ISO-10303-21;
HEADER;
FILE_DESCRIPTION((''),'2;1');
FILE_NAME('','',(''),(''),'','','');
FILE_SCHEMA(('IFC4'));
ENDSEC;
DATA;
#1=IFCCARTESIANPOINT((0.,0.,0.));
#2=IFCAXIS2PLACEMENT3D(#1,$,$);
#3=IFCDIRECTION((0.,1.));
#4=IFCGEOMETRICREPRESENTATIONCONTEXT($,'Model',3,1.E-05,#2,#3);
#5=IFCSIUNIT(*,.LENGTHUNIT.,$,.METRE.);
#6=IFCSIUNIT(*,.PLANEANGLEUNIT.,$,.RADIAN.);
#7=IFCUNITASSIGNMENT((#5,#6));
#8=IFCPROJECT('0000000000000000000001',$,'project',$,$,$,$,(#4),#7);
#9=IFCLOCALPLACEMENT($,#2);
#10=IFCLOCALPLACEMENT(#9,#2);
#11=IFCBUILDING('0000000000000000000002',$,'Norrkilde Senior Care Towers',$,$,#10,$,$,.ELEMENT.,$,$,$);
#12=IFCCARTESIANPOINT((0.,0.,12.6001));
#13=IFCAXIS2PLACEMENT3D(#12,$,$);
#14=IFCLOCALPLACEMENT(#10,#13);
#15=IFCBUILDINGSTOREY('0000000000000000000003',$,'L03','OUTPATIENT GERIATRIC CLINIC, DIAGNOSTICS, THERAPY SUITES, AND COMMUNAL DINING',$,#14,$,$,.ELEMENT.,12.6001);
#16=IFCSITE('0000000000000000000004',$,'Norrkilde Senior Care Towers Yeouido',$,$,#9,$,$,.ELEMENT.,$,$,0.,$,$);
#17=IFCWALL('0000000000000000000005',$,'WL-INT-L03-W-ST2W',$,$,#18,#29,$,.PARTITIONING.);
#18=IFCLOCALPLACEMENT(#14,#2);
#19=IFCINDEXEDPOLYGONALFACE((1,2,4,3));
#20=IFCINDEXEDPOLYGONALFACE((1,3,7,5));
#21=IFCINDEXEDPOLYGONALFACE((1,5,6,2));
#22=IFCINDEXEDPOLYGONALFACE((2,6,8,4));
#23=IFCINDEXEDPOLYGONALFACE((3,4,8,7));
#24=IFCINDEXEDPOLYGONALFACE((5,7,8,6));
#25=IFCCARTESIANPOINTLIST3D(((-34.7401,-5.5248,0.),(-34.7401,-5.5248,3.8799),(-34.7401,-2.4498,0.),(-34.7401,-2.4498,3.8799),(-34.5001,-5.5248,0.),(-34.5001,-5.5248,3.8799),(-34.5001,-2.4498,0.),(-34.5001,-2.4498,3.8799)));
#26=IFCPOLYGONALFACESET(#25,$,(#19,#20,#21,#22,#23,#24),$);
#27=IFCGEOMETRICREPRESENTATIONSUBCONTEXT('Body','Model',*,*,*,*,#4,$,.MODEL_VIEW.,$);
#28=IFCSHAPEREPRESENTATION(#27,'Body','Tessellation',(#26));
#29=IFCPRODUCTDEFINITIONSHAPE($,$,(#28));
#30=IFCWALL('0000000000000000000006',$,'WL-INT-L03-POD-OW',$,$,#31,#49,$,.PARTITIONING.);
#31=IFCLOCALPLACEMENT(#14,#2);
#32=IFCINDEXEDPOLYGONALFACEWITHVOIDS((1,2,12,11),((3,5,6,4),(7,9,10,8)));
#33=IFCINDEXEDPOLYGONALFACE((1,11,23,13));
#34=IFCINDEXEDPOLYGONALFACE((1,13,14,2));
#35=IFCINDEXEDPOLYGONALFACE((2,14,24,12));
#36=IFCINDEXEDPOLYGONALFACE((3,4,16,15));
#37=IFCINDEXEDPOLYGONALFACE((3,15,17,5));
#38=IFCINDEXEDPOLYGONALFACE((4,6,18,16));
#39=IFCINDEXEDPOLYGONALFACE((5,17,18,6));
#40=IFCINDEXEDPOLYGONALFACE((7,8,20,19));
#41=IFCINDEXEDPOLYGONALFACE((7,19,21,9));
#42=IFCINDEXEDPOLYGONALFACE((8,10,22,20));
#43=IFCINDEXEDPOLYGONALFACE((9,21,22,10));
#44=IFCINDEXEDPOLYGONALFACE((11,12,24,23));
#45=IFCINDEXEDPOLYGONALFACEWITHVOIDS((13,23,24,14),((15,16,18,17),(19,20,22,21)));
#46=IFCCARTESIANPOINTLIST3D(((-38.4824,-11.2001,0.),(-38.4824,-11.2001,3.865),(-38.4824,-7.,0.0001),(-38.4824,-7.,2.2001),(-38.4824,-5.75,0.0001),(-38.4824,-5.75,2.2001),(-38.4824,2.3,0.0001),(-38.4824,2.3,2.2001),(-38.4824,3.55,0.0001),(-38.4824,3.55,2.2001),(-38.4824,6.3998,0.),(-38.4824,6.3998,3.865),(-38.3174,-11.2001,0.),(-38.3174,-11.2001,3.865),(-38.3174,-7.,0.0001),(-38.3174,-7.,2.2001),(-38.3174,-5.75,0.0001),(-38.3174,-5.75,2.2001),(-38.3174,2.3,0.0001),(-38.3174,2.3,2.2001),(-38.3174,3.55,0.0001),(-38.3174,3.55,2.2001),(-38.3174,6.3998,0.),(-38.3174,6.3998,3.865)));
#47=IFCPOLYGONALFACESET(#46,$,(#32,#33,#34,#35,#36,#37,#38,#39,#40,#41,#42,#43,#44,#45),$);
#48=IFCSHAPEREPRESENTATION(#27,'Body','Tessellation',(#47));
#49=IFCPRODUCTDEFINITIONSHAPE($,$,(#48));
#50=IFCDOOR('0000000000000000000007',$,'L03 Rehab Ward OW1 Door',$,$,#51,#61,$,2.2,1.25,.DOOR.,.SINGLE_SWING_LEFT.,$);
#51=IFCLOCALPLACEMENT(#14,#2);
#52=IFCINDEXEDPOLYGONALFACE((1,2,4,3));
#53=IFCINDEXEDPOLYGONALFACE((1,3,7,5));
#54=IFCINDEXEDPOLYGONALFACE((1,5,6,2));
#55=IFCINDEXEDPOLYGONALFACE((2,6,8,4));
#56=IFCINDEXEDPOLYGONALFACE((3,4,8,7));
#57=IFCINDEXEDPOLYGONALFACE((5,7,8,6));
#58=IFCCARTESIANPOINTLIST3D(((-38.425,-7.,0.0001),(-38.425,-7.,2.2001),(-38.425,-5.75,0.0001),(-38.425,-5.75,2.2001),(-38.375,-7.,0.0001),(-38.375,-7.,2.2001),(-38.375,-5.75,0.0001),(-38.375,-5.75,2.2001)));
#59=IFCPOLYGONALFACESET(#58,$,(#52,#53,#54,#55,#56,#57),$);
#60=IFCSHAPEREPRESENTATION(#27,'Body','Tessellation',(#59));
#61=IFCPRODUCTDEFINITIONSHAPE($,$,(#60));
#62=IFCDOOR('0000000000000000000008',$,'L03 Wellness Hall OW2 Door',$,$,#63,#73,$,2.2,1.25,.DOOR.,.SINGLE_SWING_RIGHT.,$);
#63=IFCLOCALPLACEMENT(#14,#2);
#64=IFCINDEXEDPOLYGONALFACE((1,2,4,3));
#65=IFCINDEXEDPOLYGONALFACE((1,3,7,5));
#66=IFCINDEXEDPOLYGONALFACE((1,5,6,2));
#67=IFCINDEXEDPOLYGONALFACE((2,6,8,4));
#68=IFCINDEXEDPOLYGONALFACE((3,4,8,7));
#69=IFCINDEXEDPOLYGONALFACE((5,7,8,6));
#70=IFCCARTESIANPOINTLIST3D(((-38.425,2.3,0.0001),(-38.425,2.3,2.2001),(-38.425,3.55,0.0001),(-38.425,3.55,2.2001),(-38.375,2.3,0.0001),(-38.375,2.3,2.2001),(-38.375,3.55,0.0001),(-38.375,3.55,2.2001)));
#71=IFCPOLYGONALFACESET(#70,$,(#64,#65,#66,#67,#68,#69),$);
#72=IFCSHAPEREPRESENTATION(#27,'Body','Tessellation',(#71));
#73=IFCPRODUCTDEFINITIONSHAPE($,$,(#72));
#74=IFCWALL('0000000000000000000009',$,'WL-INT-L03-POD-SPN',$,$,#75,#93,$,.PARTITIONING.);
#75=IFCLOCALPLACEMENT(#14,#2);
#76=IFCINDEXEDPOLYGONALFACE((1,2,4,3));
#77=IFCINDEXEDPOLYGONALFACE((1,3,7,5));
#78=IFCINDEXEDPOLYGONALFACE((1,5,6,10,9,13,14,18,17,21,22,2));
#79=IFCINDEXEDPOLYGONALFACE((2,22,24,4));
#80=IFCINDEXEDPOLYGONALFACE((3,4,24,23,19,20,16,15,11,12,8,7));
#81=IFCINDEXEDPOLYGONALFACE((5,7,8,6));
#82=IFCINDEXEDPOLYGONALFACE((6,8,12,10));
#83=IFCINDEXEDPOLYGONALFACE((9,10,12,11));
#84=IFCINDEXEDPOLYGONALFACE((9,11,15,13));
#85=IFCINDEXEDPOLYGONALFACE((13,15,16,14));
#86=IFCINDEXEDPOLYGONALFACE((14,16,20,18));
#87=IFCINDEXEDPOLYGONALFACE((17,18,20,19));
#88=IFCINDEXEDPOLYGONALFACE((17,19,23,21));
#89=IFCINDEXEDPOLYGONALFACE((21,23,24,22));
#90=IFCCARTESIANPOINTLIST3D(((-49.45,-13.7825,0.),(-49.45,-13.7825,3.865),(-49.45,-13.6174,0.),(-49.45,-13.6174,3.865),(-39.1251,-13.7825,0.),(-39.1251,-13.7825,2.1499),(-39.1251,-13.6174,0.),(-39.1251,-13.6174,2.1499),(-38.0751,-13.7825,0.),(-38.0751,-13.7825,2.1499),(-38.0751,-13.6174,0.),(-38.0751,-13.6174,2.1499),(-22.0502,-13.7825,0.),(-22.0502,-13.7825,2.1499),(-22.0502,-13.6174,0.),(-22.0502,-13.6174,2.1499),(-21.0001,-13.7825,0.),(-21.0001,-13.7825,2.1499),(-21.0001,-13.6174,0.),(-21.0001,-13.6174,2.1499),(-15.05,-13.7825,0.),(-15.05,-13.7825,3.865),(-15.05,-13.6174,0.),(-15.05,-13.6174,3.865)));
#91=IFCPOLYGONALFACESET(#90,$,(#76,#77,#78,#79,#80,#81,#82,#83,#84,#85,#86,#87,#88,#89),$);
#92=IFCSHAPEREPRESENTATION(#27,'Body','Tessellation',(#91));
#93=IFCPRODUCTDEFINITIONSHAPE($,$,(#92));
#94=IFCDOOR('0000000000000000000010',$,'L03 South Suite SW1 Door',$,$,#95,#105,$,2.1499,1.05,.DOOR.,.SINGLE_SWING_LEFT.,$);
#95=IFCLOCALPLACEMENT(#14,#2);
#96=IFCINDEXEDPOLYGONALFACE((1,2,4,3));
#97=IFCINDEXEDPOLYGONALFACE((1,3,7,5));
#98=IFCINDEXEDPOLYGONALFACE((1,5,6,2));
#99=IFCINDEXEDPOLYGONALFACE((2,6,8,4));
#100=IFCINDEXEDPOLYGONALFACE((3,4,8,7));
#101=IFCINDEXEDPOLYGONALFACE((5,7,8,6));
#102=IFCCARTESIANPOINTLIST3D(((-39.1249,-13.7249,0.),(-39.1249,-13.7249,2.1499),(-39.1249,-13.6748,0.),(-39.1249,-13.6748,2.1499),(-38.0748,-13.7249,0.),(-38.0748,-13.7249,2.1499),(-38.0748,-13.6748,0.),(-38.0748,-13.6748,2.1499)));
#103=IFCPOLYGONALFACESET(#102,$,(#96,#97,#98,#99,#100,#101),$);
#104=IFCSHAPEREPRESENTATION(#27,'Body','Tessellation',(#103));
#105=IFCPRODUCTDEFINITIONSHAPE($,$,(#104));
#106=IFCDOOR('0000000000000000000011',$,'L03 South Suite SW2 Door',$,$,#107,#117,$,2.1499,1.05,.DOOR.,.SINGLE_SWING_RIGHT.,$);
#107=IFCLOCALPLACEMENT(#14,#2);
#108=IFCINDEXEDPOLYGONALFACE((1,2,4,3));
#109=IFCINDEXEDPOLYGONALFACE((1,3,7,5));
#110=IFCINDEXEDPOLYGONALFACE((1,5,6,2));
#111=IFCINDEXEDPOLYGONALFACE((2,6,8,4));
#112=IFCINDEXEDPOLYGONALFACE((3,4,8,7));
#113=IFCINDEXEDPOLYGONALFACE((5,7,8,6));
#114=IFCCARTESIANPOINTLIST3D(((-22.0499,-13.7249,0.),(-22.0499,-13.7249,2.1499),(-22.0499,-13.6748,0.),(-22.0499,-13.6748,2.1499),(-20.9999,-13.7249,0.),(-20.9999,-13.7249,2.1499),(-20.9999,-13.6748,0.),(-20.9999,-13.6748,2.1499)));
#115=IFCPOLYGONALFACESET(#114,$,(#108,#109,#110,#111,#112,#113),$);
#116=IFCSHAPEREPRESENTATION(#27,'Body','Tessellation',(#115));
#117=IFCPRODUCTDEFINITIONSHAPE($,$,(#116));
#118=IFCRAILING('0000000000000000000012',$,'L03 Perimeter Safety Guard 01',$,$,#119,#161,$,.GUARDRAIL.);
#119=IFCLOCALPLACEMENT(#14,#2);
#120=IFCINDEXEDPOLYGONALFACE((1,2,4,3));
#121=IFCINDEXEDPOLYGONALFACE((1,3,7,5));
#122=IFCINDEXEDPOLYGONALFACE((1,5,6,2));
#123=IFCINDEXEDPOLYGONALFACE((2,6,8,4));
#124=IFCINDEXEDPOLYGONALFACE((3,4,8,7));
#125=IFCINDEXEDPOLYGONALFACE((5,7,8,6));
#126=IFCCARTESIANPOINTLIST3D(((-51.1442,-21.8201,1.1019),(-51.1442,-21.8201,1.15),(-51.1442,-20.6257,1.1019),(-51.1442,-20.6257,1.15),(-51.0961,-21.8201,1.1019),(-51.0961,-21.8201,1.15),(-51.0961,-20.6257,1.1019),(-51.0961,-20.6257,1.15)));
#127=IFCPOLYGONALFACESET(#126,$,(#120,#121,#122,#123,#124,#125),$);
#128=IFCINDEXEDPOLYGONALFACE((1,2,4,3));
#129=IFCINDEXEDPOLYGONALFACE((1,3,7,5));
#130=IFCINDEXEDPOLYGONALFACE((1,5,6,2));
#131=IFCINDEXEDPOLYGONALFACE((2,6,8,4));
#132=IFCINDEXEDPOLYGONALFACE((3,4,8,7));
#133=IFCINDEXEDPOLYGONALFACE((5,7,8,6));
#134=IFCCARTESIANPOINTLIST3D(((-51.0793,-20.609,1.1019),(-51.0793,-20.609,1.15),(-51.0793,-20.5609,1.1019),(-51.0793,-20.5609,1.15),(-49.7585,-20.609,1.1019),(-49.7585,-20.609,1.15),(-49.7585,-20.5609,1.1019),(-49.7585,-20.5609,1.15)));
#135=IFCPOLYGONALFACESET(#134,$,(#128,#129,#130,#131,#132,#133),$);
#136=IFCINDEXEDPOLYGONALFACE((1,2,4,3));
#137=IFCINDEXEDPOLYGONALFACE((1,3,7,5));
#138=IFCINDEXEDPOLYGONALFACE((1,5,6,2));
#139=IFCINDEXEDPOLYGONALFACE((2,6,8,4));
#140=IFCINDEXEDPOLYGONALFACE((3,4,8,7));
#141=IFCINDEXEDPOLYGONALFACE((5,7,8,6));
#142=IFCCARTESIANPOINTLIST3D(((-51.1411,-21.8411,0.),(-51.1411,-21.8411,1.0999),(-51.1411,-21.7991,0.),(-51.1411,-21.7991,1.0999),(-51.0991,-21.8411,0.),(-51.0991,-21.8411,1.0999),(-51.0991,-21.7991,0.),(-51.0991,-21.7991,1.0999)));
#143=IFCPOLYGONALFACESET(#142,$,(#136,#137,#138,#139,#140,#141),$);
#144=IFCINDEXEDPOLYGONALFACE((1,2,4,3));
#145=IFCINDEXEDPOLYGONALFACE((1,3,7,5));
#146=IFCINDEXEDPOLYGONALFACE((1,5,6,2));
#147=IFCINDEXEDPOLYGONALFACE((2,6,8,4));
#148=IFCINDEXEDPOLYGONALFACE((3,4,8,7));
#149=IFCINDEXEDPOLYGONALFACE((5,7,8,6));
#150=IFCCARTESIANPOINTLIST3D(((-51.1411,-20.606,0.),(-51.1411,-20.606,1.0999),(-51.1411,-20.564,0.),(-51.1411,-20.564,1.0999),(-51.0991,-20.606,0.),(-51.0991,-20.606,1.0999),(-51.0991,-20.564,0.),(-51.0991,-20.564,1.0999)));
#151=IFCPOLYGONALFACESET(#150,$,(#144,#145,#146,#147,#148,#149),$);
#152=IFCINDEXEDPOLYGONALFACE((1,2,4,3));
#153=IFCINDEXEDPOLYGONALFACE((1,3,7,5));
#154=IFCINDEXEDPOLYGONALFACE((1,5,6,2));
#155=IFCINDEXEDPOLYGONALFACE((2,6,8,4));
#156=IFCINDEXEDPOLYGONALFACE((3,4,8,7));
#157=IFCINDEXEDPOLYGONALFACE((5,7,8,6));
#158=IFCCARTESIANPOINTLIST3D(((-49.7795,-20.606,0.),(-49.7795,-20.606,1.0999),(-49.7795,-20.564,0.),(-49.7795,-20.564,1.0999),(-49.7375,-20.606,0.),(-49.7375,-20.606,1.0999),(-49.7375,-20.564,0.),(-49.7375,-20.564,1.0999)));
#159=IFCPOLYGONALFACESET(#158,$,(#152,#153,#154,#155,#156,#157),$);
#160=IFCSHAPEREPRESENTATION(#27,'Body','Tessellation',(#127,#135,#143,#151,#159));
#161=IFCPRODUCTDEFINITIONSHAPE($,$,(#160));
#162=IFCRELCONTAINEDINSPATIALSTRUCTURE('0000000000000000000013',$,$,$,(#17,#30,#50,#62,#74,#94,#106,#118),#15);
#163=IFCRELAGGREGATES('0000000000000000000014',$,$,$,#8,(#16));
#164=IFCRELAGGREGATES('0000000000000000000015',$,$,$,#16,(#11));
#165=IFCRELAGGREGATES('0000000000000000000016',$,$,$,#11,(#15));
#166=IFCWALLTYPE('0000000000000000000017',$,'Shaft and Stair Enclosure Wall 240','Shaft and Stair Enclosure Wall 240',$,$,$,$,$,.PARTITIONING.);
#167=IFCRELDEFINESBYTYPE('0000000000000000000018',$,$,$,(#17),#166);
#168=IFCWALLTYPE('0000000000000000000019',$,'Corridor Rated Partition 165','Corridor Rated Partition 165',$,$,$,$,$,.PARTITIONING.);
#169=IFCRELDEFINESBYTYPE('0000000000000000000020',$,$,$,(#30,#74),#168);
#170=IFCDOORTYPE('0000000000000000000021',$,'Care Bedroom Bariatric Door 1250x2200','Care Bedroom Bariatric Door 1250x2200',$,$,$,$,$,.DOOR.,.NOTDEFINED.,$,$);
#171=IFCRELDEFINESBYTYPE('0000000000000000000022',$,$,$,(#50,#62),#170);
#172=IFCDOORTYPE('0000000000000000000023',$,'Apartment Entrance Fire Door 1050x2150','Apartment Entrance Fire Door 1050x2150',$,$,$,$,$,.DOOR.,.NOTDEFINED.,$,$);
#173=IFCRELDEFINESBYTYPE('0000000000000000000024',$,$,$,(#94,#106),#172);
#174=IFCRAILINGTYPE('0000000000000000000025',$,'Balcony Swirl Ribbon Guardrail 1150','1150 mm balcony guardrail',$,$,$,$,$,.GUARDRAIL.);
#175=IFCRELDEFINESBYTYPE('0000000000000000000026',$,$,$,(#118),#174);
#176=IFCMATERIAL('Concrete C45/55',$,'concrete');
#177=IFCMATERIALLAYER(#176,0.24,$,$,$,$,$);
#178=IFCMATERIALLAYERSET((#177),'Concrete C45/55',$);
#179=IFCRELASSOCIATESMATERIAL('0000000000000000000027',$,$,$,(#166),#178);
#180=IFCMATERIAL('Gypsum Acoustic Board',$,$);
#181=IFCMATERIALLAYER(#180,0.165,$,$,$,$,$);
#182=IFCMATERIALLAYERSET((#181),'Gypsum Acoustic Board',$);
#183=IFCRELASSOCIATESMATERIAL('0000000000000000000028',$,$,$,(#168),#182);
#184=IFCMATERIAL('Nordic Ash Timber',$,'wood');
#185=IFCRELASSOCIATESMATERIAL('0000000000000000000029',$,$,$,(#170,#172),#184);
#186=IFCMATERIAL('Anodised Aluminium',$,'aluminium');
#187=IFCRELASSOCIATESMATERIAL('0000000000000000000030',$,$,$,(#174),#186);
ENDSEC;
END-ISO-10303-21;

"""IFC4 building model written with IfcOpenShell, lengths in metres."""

from ifc_helpers import new_model, si_unit, direction, frame, frame_2d, origin, origin_2d, place, context, subcontext, project, spatial, rectangle, extrude, source, transform, mapped, material, layer, layer_set, type_object, type_shapes, element, fill, save


model = new_model("IFC4")

# Units and contexts
model_context = context("Model", 3, precision=1e-05, world=origin(), true_north=direction((0.0, 1.0)))
body_context = subcontext(model_context, "Body", "Model", "MODEL_VIEW")
ifc_project = project(units=[si_unit("LENGTHUNIT", "METRE"), si_unit("PLANEANGLEUNIT", "RADIAN")], contexts=[model_context])

# Site, building, storey
site_placement = place(None, origin())
site = spatial("IfcSite", under=ifc_project, at=site_placement, Name="Norrkilde Senior Care Towers Yeouido", CompositionType="ELEMENT", RefElevation=0.0)
building_placement = place(site_placement, origin())
building = spatial("IfcBuilding", under=site, at=building_placement, Name="Norrkilde Senior Care Towers", CompositionType="ELEMENT")
storey_placement = place(building_placement, frame((0.0, 0.0, 12.6001)))
storey = spatial("IfcBuildingStorey", under=building, at=storey_placement, Name="L03", Description="OUTPATIENT GERIATRIC CLINIC, DIAGNOSTICS, THERAPY SUITES, AND COMMUNAL DINING", CompositionType="ELEMENT", Elevation=12.6001)

# Shared definitions
ifc_material_1 = material(Name="Concrete C45/55", Category="concrete")
ifc_layer_1 = layer(ifc_material_1, 0.24)
ifc_layer_set_1 = layer_set([ifc_layer_1], Name="Concrete C45/55")
wall_type_1 = type_object("IfcWallType", Name="Shaft and Stair Enclosure Wall 240", Description="Shaft and Stair Enclosure Wall 240", PredefinedType="PARTITIONING", material=ifc_layer_set_1)

# Wall
shared_shape_1 = source(origin(), body_context, "Body", "SweptSolid", [
    extrude(rectangle(XDim=3.075, YDim=0.24, at=frame_2d((1.5376, 0.0))), origin(), (0.0, 0.0, 1.0), 3.8799),
])
wall_1_placement = place(storey_placement, frame((-34.6201, -5.5249, 0.0), z_axis=(0.0, 0.0, 1.0), x_axis=(0.0, 1.0, 0.0)))
element("IfcWall", 1, at=wall_1_placement, inside=storey, type_object=wall_type_1, Name="WL-INT-L03-W-ST2W", PredefinedType="PARTITIONING", context=body_context, shape_type="MappedRepresentation", body=[
    mapped(shared_shape_1, transform((0.0, 0.0, 0.0), x_axis=(1.0, 0.0, 0.0), y_axis=(0.0, 1.0, 0.0), z_axis=(0.0, 0.0, 1.0), scale=1.0)),
])

# Walls, openings, doors
ifc_material_2 = material(Name="Gypsum Acoustic Board")
ifc_layer_2 = layer(ifc_material_2, 0.165)
ifc_layer_set_2 = layer_set([ifc_layer_2], Name="Gypsum Acoustic Board")
wall_type_2 = type_object("IfcWallType", Name="Corridor Rated Partition 165", Description="Corridor Rated Partition 165", PredefinedType="PARTITIONING", material=ifc_layer_set_2)
shared_shape_2 = source(origin(), body_context, "Body", "SweptSolid", [
    extrude(rectangle(XDim=17.5999, YDim=0.165, at=frame_2d((8.7998, 0.0))), origin(), (0.0, 0.0, 1.0), 3.865),
])
wall_2_placement = place(storey_placement, frame((-38.3999, -11.2, 0.0), z_axis=(0.0, 0.0, 1.0), x_axis=(0.0, 1.0, 0.0)))
wall_2 = element("IfcWall", 2, at=wall_2_placement, inside=storey, type_object=wall_type_2, Name="WL-INT-L03-POD-OW", PredefinedType="PARTITIONING", context=body_context, shape_type="MappedRepresentation", body=[
    mapped(shared_shape_2, transform((0.0, 0.0, 0.0), x_axis=(1.0, 0.0, 0.0), y_axis=(0.0, 1.0, 0.0), z_axis=(0.0, 0.0, 1.0), scale=1.0)),
])
opening_1_placement = place(wall_2_placement, frame((4.2, 0.0, 0.0)))
opening_1 = element("IfcOpeningElement", 3, at=opening_1_placement, cuts=wall_2, PredefinedType="OPENING", context=body_context, shape_type="SweptSolid", body=[
    extrude(rectangle(XDim=1.25, YDim=2.2, at=frame_2d((0.625, 1.1001))), frame((0.0, 0.0925, 0.0), z_axis=(0.0, -1.0, 0.0), x_axis=(1.0, 0.0, 0.0)), (0.0, 0.0, 1.0), 0.1851),
])
opening_2_placement = place(wall_2_placement, frame((13.5, 0.0, 0.0)))
opening_2 = element("IfcOpeningElement", 4, at=opening_2_placement, cuts=wall_2, PredefinedType="OPENING", context=body_context, shape_type="SweptSolid", body=[
    extrude(rectangle(XDim=1.25, YDim=2.2, at=frame_2d((0.625, 1.1001))), frame((0.0, 0.0925, 0.0), z_axis=(0.0, -1.0, 0.0), x_axis=(1.0, 0.0, 0.0)), (0.0, 0.0, 1.0), 0.1851),
])
ifc_material_3 = material(Name="Nordic Ash Timber", Category="wood")
door_type_1 = type_object("IfcDoorType", Name="Care Bedroom Bariatric Door 1250x2200", Description="Care Bedroom Bariatric Door 1250x2200", OperationType="NOTDEFINED", PredefinedType="DOOR", material=ifc_material_3)
shared_shape_3 = source(origin(), body_context, "Body", "SweptSolid", [
    extrude(rectangle(XDim=1.25, YDim=2.2, at=frame_2d((0.625, 1.1001))), frame((0.0, 0.0249, 0.0), z_axis=(0.0, -1.0, 0.0), x_axis=(1.0, 0.0, 0.0)), (0.0, 0.0, 1.0), 0.05),
])
type_shapes(door_type_1, [shared_shape_3])
door_1_placement = place(opening_1_placement, frame((1.25, 0.0, 0.0), z_axis=(0.0, 0.0, 1.0), x_axis=(-1.0, 0.0, 0.0)))
door_1 = element("IfcDoor", 5, at=door_1_placement, inside=storey, type_object=door_type_1, Name="L03 Rehab Ward OW1 Door", OperationType="SINGLE_SWING_LEFT", OverallHeight=2.2, OverallWidth=1.25, PredefinedType="DOOR", context=body_context, shape_type="MappedRepresentation", body=[
    mapped(shared_shape_3, transform((0.0, 0.0, 0.0), x_axis=(1.0, 0.0, 0.0), y_axis=(0.0, 1.0, 0.0), z_axis=(0.0, 0.0, 1.0), scale=1.0)),
])
fill(opening_1, door_1)
door_2_placement = place(opening_2_placement, frame((1.25, 0.0, 0.0), z_axis=(0.0, 0.0, 1.0), x_axis=(-1.0, 0.0, 0.0)))
door_2 = element("IfcDoor", 6, at=door_2_placement, inside=storey, type_object=door_type_1, Name="L03 Wellness Hall OW2 Door", OperationType="SINGLE_SWING_RIGHT", OverallHeight=2.2, OverallWidth=1.25, PredefinedType="DOOR", context=body_context, shape_type="MappedRepresentation", body=[
    mapped(shared_shape_3, transform((0.0, 0.0, 0.0), x_axis=(1.0, 0.0, 0.0), y_axis=(0.0, 1.0, 0.0), z_axis=(0.0, 0.0, 1.0), scale=1.0)),
])
fill(opening_2, door_2)
shared_shape_4 = source(origin(), body_context, "Body", "SweptSolid", [
    extrude(rectangle(XDim=34.3999, YDim=0.165, at=frame_2d((17.2, 0.0))), origin(), (0.0, 0.0, 1.0), 3.865),
])
type_shapes(wall_type_2, [shared_shape_2, shared_shape_4])
wall_3_placement = place(storey_placement, frame((-49.45, -13.7, 0.0), z_axis=(0.0, 0.0, 1.0), x_axis=(1.0, 0.0, 0.0)))
wall_3 = element("IfcWall", 7, at=wall_3_placement, inside=storey, type_object=wall_type_2, Name="WL-INT-L03-POD-SPN", PredefinedType="PARTITIONING", context=body_context, shape_type="MappedRepresentation", body=[
    mapped(shared_shape_4, transform((0.0, 0.0, 0.0), x_axis=(1.0, 0.0, 0.0), y_axis=(0.0, 1.0, 0.0), z_axis=(0.0, 0.0, 1.0), scale=1.0)),
])
opening_3_placement = place(wall_3_placement, frame((10.325, 0.0, 0.0)))
opening_3 = element("IfcOpeningElement", 8, at=opening_3_placement, cuts=wall_3, PredefinedType="OPENING", context=body_context, shape_type="SweptSolid", body=[
    extrude(rectangle(XDim=1.05, YDim=2.1499, at=frame_2d((0.5249, 1.075))), frame((0.0, 0.0925, 0.0), z_axis=(0.0, -1.0, 0.0), x_axis=(1.0, 0.0, 0.0)), (0.0, 0.0, 1.0), 0.1851),
])
opening_4_placement = place(wall_3_placement, frame((27.3999, 0.0, 0.0)))
opening_4 = element("IfcOpeningElement", 9, at=opening_4_placement, cuts=wall_3, PredefinedType="OPENING", context=body_context, shape_type="SweptSolid", body=[
    extrude(rectangle(XDim=1.05, YDim=2.1499, at=frame_2d((0.5249, 1.075))), frame((0.0, 0.0925, 0.0), z_axis=(0.0, -1.0, 0.0), x_axis=(1.0, 0.0, 0.0)), (0.0, 0.0, 1.0), 0.1851),
])
door_type_2 = type_object("IfcDoorType", Name="Apartment Entrance Fire Door 1050x2150", Description="Apartment Entrance Fire Door 1050x2150", OperationType="NOTDEFINED", PredefinedType="DOOR", material=ifc_material_3)
shared_shape_5 = source(origin(), body_context, "Body", "SweptSolid", [
    extrude(rectangle(XDim=1.05, YDim=2.1499, at=frame_2d((0.5249, 1.075))), frame((0.0, 0.0249, 0.0), z_axis=(0.0, -1.0, 0.0), x_axis=(1.0, 0.0, 0.0)), (0.0, 0.0, 1.0), 0.05),
])
type_shapes(door_type_2, [shared_shape_5])
door_3_placement = place(opening_3_placement, frame((1.05, 0.0, 0.0), z_axis=(0.0, 0.0, 1.0), x_axis=(-1.0, 0.0, 0.0)))
door_3 = element("IfcDoor", 10, at=door_3_placement, inside=storey, type_object=door_type_2, Name="L03 South Suite SW1 Door", OperationType="SINGLE_SWING_LEFT", OverallHeight=2.1499, OverallWidth=1.05, PredefinedType="DOOR", context=body_context, shape_type="MappedRepresentation", body=[
    mapped(shared_shape_5, transform((0.0, 0.0, 0.0), x_axis=(1.0, 0.0, 0.0), y_axis=(0.0, 1.0, 0.0), z_axis=(0.0, 0.0, 1.0), scale=1.0)),
])
fill(opening_3, door_3)
door_4_placement = place(opening_4_placement, frame((1.05, 0.0, 0.0), z_axis=(0.0, 0.0, 1.0), x_axis=(-1.0, 0.0, 0.0)))
door_4 = element("IfcDoor", 11, at=door_4_placement, inside=storey, type_object=door_type_2, Name="L03 South Suite SW2 Door", OperationType="SINGLE_SWING_RIGHT", OverallHeight=2.1499, OverallWidth=1.05, PredefinedType="DOOR", context=body_context, shape_type="MappedRepresentation", body=[
    mapped(shared_shape_5, transform((0.0, 0.0, 0.0), x_axis=(1.0, 0.0, 0.0), y_axis=(0.0, 1.0, 0.0), z_axis=(0.0, 0.0, 1.0), scale=1.0)),
])
fill(opening_4, door_4)

# Railing
ifc_material_4 = material(Name="Anodised Aluminium", Category="aluminium")
railing_type_1 = type_object("IfcRailingType", Name="Balcony Swirl Ribbon Guardrail 1150", Description="1150 mm balcony guardrail", PredefinedType="GUARDRAIL", material=ifc_material_4)
railing_1_placement = place(storey_placement, frame((-51.1201, -21.8201, 0.0)))
element("IfcRailing", 12, at=railing_1_placement, inside=storey, type_object=railing_type_1, Name="L03 Perimeter Safety Guard 01", PredefinedType="GUARDRAIL", context=body_context, shape_type="SweptSolid", body=[
    extrude(rectangle(XDim=0.0481, YDim=0.0481, at=origin_2d()), frame((0.0, 0.0, 1.126), z_axis=(0.0, 1.0, 0.0), x_axis=(-1.0, 0.0, 0.0)), (0.0, 0.0, 1.0), 1.1943),
    extrude(rectangle(XDim=0.0481, YDim=0.0481, at=origin_2d()), frame((0.0408, 1.2351, 1.126), z_axis=(1.0, 0.0, 0.0), x_axis=(0.0, 1.0, 0.0)), (0.0, 0.0, 1.0), 1.3208),
    extrude(rectangle(XDim=0.042, YDim=0.042, at=origin_2d()), origin(), (0.0, 0.0, 1.0), 1.0999),
    extrude(rectangle(XDim=0.042, YDim=0.042, at=origin_2d()), frame((0.0, 1.2351, 0.0)), (0.0, 0.0, 1.0), 1.0999),
    extrude(rectangle(XDim=0.042, YDim=0.042, at=origin_2d()), frame((1.3616, 1.2351, 0.0)), (0.0, 0.0, 1.0), 1.0999),
])

save(model, "model.ifc")
